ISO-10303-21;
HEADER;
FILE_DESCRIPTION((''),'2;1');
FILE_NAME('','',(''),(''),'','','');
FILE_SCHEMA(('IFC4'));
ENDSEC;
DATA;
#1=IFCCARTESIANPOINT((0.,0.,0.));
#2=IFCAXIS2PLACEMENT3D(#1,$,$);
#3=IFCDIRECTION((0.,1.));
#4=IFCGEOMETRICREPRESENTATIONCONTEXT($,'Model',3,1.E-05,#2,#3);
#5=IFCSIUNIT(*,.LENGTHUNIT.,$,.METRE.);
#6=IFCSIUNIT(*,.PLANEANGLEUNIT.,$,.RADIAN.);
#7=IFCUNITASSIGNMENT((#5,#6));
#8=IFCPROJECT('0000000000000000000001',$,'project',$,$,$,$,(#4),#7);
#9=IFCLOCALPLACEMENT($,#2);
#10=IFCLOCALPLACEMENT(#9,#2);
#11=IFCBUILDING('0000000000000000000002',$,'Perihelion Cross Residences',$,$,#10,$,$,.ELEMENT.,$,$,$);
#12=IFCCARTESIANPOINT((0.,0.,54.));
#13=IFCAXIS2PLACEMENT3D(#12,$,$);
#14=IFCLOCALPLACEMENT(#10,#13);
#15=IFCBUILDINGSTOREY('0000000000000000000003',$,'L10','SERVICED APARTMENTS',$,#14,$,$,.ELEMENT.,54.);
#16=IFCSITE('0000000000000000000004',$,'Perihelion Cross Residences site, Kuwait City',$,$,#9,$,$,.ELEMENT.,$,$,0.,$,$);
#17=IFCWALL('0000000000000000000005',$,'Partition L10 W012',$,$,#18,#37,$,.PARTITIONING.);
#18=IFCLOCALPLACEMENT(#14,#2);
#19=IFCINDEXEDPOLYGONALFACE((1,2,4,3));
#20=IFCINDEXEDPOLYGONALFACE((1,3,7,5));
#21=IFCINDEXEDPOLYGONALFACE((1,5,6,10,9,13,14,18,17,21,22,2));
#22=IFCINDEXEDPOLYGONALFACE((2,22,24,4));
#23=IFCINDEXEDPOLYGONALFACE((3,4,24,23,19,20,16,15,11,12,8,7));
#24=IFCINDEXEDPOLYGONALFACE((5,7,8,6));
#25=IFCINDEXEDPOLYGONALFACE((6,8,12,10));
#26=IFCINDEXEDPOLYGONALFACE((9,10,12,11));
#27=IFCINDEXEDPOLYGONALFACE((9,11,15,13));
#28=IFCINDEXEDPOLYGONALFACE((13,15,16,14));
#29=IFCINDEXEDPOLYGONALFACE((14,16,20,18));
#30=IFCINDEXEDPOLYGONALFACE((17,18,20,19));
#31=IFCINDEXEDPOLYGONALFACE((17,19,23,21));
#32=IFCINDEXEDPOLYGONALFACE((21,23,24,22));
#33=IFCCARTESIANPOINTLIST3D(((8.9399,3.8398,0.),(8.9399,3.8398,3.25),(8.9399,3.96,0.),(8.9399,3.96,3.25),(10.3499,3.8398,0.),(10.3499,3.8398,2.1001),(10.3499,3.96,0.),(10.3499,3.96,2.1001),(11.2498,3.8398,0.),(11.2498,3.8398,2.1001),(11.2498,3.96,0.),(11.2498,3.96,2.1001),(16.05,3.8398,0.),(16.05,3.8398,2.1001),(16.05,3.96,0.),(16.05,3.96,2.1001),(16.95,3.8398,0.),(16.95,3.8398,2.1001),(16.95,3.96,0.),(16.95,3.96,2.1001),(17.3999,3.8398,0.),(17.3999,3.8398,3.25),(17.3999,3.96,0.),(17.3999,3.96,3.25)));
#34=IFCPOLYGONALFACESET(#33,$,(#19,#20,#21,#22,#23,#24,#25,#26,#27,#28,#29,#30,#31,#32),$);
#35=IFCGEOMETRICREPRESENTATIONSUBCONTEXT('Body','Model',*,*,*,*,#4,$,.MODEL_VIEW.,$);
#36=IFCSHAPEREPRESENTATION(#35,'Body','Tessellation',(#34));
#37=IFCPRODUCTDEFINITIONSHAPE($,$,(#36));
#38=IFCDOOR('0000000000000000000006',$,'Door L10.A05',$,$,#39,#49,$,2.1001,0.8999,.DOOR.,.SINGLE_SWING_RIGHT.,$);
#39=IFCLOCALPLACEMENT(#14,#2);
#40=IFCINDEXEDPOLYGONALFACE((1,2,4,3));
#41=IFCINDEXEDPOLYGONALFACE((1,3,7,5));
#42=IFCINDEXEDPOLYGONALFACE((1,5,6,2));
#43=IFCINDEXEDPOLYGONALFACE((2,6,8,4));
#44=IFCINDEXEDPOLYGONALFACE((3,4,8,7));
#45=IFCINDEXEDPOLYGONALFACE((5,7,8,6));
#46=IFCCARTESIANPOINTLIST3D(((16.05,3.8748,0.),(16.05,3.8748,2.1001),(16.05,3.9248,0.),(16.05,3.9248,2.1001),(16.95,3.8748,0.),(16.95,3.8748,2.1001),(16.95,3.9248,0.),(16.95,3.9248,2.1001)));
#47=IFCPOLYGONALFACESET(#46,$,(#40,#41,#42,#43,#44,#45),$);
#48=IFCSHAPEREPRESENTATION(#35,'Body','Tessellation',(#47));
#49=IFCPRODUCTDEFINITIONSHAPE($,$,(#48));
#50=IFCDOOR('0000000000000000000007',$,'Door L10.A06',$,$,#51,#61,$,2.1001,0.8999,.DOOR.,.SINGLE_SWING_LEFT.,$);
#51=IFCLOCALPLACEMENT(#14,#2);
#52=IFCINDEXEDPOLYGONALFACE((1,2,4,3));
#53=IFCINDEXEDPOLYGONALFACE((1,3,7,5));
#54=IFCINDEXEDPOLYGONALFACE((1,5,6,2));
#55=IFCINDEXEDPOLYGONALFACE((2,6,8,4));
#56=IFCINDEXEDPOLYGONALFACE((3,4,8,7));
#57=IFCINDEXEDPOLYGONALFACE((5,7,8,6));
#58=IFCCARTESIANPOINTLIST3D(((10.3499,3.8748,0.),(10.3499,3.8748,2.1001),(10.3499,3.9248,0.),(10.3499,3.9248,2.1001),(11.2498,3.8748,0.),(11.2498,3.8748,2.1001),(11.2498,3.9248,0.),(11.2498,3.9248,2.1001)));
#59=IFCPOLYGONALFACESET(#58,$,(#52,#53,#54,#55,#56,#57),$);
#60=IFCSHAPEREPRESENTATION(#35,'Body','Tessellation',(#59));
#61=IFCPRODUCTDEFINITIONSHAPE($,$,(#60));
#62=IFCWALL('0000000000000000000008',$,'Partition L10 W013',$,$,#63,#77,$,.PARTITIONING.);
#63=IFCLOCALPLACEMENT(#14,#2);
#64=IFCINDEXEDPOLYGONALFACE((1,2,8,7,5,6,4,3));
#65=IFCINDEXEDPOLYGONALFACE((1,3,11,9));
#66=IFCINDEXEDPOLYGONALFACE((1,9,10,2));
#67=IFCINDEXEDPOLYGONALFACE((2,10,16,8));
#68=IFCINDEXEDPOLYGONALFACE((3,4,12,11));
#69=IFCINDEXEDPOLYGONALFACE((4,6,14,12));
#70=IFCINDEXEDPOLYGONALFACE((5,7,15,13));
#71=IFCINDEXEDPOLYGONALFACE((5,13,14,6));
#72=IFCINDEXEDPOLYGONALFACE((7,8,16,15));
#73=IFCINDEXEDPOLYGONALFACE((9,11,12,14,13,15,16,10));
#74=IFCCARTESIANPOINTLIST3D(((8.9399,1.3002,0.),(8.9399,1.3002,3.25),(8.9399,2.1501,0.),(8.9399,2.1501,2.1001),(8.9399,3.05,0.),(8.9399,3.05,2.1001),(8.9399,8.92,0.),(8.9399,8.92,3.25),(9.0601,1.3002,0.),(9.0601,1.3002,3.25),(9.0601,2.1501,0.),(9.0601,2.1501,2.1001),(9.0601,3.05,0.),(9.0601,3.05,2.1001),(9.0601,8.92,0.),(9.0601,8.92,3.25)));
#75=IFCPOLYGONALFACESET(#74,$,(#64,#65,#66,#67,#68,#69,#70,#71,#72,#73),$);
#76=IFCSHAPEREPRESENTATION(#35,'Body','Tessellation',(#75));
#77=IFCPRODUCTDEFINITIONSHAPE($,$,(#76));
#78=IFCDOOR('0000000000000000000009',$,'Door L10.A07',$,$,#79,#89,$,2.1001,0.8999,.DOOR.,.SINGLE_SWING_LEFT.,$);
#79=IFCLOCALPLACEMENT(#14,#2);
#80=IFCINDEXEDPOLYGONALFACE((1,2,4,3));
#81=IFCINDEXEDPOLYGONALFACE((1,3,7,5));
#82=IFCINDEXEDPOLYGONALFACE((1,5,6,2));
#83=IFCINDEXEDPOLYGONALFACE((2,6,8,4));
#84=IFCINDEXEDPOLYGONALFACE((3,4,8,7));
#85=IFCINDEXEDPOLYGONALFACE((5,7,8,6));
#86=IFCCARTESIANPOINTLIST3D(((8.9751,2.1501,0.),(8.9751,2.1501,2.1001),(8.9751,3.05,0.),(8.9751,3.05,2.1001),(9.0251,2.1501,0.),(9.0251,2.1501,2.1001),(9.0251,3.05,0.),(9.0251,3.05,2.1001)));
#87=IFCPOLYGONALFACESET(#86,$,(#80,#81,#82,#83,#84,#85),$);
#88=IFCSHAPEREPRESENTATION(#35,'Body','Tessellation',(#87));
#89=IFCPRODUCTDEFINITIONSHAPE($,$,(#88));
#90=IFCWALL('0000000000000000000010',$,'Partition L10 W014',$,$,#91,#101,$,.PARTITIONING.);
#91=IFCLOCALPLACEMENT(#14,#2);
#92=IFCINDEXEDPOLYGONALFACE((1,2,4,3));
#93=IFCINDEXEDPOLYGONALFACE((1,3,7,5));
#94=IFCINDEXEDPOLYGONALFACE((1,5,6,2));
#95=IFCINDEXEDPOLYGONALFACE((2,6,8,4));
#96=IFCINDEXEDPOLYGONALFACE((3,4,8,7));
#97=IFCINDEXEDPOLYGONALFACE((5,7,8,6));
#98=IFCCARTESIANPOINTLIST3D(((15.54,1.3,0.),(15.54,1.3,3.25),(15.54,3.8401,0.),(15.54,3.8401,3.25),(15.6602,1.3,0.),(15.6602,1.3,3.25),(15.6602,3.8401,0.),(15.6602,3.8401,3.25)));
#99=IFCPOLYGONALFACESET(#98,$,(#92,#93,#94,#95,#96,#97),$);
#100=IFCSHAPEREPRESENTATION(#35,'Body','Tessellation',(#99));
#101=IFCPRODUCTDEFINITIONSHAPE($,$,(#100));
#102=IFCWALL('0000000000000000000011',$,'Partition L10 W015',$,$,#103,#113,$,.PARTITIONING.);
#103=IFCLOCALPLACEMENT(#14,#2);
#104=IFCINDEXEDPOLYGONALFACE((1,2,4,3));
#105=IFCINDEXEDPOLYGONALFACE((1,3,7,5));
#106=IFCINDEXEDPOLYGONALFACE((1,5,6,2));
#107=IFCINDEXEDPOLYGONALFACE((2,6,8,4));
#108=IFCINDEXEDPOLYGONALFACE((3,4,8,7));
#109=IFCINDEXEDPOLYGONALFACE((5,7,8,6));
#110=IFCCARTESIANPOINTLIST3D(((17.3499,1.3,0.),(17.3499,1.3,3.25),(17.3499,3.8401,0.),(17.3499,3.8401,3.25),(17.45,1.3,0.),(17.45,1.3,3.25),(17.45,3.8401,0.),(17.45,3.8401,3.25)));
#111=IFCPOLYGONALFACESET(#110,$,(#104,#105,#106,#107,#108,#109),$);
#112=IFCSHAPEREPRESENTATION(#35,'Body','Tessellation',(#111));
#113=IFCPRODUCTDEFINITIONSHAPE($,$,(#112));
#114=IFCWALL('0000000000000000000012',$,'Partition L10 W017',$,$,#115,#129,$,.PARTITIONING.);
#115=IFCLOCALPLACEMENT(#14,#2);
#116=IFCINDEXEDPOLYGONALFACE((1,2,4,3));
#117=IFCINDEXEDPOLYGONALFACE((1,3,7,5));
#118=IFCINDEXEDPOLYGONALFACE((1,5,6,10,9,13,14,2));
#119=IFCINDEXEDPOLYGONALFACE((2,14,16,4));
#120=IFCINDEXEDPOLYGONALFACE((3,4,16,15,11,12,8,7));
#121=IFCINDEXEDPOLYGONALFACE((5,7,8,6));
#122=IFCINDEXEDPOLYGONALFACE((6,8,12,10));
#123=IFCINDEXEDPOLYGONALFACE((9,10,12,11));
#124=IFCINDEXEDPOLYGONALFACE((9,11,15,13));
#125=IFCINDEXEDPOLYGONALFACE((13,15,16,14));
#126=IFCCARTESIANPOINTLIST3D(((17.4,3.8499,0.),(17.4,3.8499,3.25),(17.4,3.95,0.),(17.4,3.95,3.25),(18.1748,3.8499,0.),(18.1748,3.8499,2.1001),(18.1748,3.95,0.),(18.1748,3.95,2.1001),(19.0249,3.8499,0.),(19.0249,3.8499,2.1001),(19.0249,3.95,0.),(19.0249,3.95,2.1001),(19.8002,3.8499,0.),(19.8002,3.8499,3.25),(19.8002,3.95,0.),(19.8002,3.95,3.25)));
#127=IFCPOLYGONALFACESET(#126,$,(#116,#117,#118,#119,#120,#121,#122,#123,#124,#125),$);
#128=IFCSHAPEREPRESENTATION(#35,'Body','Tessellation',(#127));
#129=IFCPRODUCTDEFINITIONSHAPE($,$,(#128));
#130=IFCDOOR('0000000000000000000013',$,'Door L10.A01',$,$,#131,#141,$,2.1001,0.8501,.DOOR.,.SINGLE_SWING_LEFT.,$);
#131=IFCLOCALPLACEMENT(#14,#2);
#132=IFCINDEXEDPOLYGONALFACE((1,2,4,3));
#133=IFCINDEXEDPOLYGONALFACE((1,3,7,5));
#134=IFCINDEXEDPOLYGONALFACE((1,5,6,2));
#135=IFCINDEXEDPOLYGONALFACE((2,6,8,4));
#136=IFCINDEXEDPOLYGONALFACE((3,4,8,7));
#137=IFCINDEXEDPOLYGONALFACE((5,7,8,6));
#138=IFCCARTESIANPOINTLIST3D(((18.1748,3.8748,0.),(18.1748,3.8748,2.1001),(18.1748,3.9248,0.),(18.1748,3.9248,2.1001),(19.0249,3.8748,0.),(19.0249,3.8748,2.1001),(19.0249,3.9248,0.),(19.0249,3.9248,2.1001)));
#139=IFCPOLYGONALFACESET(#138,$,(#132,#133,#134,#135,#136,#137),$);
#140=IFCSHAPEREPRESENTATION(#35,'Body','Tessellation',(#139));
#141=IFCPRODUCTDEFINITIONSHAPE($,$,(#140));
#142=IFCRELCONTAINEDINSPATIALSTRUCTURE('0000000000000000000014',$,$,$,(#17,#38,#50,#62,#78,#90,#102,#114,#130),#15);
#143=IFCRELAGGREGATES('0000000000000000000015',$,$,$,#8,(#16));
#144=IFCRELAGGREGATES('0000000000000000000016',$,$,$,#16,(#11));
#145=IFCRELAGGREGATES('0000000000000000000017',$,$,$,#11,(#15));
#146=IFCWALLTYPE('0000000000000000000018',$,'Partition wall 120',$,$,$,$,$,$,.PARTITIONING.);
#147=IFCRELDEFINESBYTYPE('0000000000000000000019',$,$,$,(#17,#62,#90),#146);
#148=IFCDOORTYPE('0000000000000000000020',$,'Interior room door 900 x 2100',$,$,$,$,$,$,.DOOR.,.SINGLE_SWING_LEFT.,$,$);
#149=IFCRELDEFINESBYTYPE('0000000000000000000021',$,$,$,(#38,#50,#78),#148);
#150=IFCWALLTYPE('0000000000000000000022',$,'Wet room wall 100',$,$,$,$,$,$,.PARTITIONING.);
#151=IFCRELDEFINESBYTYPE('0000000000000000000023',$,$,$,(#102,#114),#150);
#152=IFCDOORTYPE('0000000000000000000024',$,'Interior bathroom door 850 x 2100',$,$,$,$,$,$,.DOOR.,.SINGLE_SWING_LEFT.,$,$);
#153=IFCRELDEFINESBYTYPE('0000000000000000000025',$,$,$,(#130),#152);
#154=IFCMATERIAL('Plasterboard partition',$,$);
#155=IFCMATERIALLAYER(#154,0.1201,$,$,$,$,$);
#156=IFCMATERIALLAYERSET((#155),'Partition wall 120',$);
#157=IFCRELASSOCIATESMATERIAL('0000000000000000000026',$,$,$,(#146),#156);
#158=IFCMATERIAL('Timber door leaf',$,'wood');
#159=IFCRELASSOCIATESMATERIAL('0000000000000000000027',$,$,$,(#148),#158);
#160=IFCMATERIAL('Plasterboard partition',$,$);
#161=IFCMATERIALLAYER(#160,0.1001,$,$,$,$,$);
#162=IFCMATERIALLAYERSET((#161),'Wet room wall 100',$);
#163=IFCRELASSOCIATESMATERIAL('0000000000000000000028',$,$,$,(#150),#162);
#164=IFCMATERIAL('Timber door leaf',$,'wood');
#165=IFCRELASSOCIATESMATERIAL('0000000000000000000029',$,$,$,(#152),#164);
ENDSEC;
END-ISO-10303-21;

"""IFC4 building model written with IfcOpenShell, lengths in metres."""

from ifc_helpers import new_model, si_unit, direction, frame, frame_2d, origin, place, context, subcontext, project, spatial, rectangle, extrude, material, layer, layer_set, type_object, element, fill, save


model = new_model("IFC4")

# Units and contexts
model_context = context("Model", 3, precision=1e-05, world=origin(), true_north=direction((0.0, 1.0)))
body_context = subcontext(model_context, "Body", "Model", "MODEL_VIEW")
ifc_project = project(units=[si_unit("LENGTHUNIT", "METRE"), si_unit("PLANEANGLEUNIT", "RADIAN")], contexts=[model_context])

# Site, building, storey
site_placement = place(None, origin())
site = spatial("IfcSite", under=ifc_project, at=site_placement, Name="Perihelion Cross Residences site, Kuwait City", CompositionType="ELEMENT", RefElevation=0.0)
building_placement = place(site_placement, origin())
building = spatial("IfcBuilding", under=site, at=building_placement, Name="Perihelion Cross Residences", CompositionType="ELEMENT")
storey_placement = place(building_placement, frame((0.0, 0.0, 54.0)))
storey = spatial("IfcBuildingStorey", under=building, at=storey_placement, Name="L10", Description="SERVICED APARTMENTS", CompositionType="ELEMENT", Elevation=54.0)

# Shared definitions
ifc_material_1 = material(Name="Plasterboard partition")
ifc_layer_1 = layer(ifc_material_1, 0.1201)
ifc_layer_set_1 = layer_set([ifc_layer_1], Name="Partition wall 120")
wall_type_1 = type_object("IfcWallType", Name="Partition wall 120", PredefinedType="PARTITIONING", material=ifc_layer_set_1)
ifc_material_2 = material(Name="Timber door leaf", Category="wood")
door_type_1 = type_object("IfcDoorType", Name="Interior room door 900 x 2100", OperationType="SINGLE_SWING_LEFT", PredefinedType="DOOR", material=ifc_material_2)

# Wall, openings, doors
wall_1_placement = place(storey_placement, frame((8.9399, 3.8999, 0.0), z_axis=(0.0, 0.0, 1.0), x_axis=(1.0, 0.0, 0.0)))
wall_1 = element("IfcWall", 1, at=wall_1_placement, inside=storey, type_object=wall_type_1, Name="Partition L10 W012", PredefinedType="PARTITIONING", context=body_context, shape_type="SweptSolid", body=[
    extrude(rectangle(XDim=8.46, YDim=0.1201, at=frame_2d((4.23, 0.0))), origin(), (0.0, 0.0, 1.0), 3.25),
])
opening_1_placement = place(wall_1_placement, frame((7.1101, 0.0, 0.0)))
opening_1 = element("IfcOpeningElement", 2, at=opening_1_placement, cuts=wall_1, PredefinedType="OPENING", context=body_context, shape_type="SweptSolid", body=[
    extrude(rectangle(XDim=0.8999, YDim=2.1001, at=frame_2d((0.45, 1.05))), frame((0.0, 0.0701, 0.0), z_axis=(0.0, -1.0, 0.0), x_axis=(1.0, 0.0, 0.0)), (0.0, 0.0, 1.0), 0.1401),
])
opening_2_placement = place(wall_1_placement, frame((1.4099, 0.0, 0.0)))
opening_2 = element("IfcOpeningElement", 3, at=opening_2_placement, cuts=wall_1, PredefinedType="OPENING", context=body_context, shape_type="SweptSolid", body=[
    extrude(rectangle(XDim=0.8999, YDim=2.1001, at=frame_2d((0.45, 1.05))), frame((0.0, 0.0701, 0.0), z_axis=(0.0, -1.0, 0.0), x_axis=(1.0, 0.0, 0.0)), (0.0, 0.0, 1.0), 0.1401),
])
door_1_placement = place(opening_1_placement, origin())
door_1 = element("IfcDoor", 4, at=door_1_placement, inside=storey, type_object=door_type_1, Name="Door L10.A05", OperationType="SINGLE_SWING_RIGHT", OverallHeight=2.1001, OverallWidth=0.8999, PredefinedType="DOOR", context=body_context, shape_type="SweptSolid", body=[
    extrude(rectangle(XDim=0.8999, YDim=2.1001, at=frame_2d((0.45, 1.05))), frame((0.0, 0.0249, 0.0), z_axis=(0.0, -1.0, 0.0), x_axis=(1.0, 0.0, 0.0)), (0.0, 0.0, 1.0), 0.05),
])
fill(opening_1, door_1)
door_2_placement = place(opening_2_placement, origin())
door_2 = element("IfcDoor", 5, at=door_2_placement, inside=storey, type_object=door_type_1, Name="Door L10.A06", OperationType="SINGLE_SWING_LEFT", OverallHeight=2.1001, OverallWidth=0.8999, PredefinedType="DOOR", context=body_context, shape_type="SweptSolid", body=[
    extrude(rectangle(XDim=0.8999, YDim=2.1001, at=frame_2d((0.45, 1.05))), frame((0.0, 0.0249, 0.0), z_axis=(0.0, -1.0, 0.0), x_axis=(1.0, 0.0, 0.0)), (0.0, 0.0, 1.0), 0.05),
])
fill(opening_2, door_2)

# Wall, opening, door
wall_2_placement = place(storey_placement, frame((9.0, 1.3, 0.0), z_axis=(0.0, 0.0, 1.0), x_axis=(0.0, 1.0, 0.0)))
wall_2 = element("IfcWall", 6, at=wall_2_placement, inside=storey, type_object=wall_type_1, Name="Partition L10 W013", PredefinedType="PARTITIONING", context=body_context, shape_type="SweptSolid", body=[
    extrude(rectangle(XDim=7.6199, YDim=0.1201, at=frame_2d((3.8101, 0.0))), origin(), (0.0, 0.0, 1.0), 3.25),
])
opening_3_placement = place(wall_2_placement, frame((0.8501, 0.0, 0.0)))
opening_3 = element("IfcOpeningElement", 7, at=opening_3_placement, cuts=wall_2, PredefinedType="OPENING", context=body_context, shape_type="SweptSolid", body=[
    extrude(rectangle(XDim=0.8999, YDim=2.1001, at=frame_2d((0.45, 1.05))), frame((0.0, 0.0701, 0.0), z_axis=(0.0, -1.0, 0.0), x_axis=(1.0, 0.0, 0.0)), (0.0, 0.0, 1.0), 0.1401),
])
door_3_placement = place(opening_3_placement, origin())
door_3 = element("IfcDoor", 8, at=door_3_placement, inside=storey, type_object=door_type_1, Name="Door L10.A07", OperationType="SINGLE_SWING_LEFT", OverallHeight=2.1001, OverallWidth=0.8999, PredefinedType="DOOR", context=body_context, shape_type="SweptSolid", body=[
    extrude(rectangle(XDim=0.8999, YDim=2.1001, at=frame_2d((0.45, 1.05))), frame((0.0, 0.0249, 0.0), z_axis=(0.0, -1.0, 0.0), x_axis=(1.0, 0.0, 0.0)), (0.0, 0.0, 1.0), 0.05),
])
fill(opening_3, door_3)

# Walls
wall_3_placement = place(storey_placement, frame((15.6001, 3.8401, 0.0), z_axis=(0.0, 0.0, 1.0), x_axis=(0.0, -1.0, 0.0)))
element("IfcWall", 9, at=wall_3_placement, inside=storey, type_object=wall_type_1, Name="Partition L10 W014", PredefinedType="PARTITIONING", context=body_context, shape_type="SweptSolid", body=[
    extrude(rectangle(XDim=2.54, YDim=0.1201, at=frame_2d((1.27, 0.0))), origin(), (0.0, 0.0, 1.0), 3.25),
])
ifc_material_3 = material(Name="Plasterboard partition")
ifc_layer_2 = layer(ifc_material_3, 0.1001)
ifc_layer_set_2 = layer_set([ifc_layer_2], Name="Wet room wall 100")
wall_type_2 = type_object("IfcWallType", Name="Wet room wall 100", PredefinedType="PARTITIONING", material=ifc_layer_set_2)
wall_4_placement = place(storey_placement, frame((17.3999, 3.8401, 0.0), z_axis=(0.0, 0.0, 1.0), x_axis=(0.0, -1.0, 0.0)))
element("IfcWall", 10, at=wall_4_placement, inside=storey, type_object=wall_type_2, Name="Partition L10 W015", PredefinedType="PARTITIONING", context=body_context, shape_type="SweptSolid", body=[
    extrude(rectangle(XDim=2.54, YDim=0.1001, at=frame_2d((1.27, 0.0))), origin(), (0.0, 0.0, 1.0), 3.25),
])

# Wall, opening, door
wall_5_placement = place(storey_placement, frame((17.3999, 3.8999, 0.0), z_axis=(0.0, 0.0, 1.0), x_axis=(1.0, 0.0, 0.0)))
wall_5 = element("IfcWall", 11, at=wall_5_placement, inside=storey, type_object=wall_type_2, Name="Partition L10 W017", PredefinedType="PARTITIONING", context=body_context, shape_type="SweptSolid", body=[
    extrude(rectangle(XDim=2.4001, YDim=0.1001, at=frame_2d((1.2002, 0.0))), origin(), (0.0, 0.0, 1.0), 3.25),
])
opening_4_placement = place(wall_5_placement, frame((0.7749, 0.0, 0.0)))
opening_4 = element("IfcOpeningElement", 12, at=opening_4_placement, cuts=wall_5, PredefinedType="OPENING", context=body_context, shape_type="SweptSolid", body=[
    extrude(rectangle(XDim=0.8501, YDim=2.1001, at=frame_2d((0.425, 1.05))), frame((0.0, 0.0601, 0.0), z_axis=(0.0, -1.0, 0.0), x_axis=(1.0, 0.0, 0.0)), (0.0, 0.0, 1.0), 0.1201),
])
ifc_material_4 = material(Name="Timber door leaf", Category="wood")
door_type_2 = type_object("IfcDoorType", Name="Interior bathroom door 850 x 2100", OperationType="SINGLE_SWING_LEFT", PredefinedType="DOOR", material=ifc_material_4)
door_4_placement = place(opening_4_placement, origin())
door_4 = element("IfcDoor", 13, at=door_4_placement, inside=storey, type_object=door_type_2, Name="Door L10.A01", OperationType="SINGLE_SWING_LEFT", OverallHeight=2.1001, OverallWidth=0.8501, PredefinedType="DOOR", context=body_context, shape_type="SweptSolid", body=[
    extrude(rectangle(XDim=0.8501, YDim=2.1001, at=frame_2d((0.425, 1.05))), frame((0.0, 0.0249, 0.0), z_axis=(0.0, -1.0, 0.0), x_axis=(1.0, 0.0, 0.0)), (0.0, 0.0, 1.0), 0.05),
])
fill(opening_4, door_4)

save(model, "model.ifc")
